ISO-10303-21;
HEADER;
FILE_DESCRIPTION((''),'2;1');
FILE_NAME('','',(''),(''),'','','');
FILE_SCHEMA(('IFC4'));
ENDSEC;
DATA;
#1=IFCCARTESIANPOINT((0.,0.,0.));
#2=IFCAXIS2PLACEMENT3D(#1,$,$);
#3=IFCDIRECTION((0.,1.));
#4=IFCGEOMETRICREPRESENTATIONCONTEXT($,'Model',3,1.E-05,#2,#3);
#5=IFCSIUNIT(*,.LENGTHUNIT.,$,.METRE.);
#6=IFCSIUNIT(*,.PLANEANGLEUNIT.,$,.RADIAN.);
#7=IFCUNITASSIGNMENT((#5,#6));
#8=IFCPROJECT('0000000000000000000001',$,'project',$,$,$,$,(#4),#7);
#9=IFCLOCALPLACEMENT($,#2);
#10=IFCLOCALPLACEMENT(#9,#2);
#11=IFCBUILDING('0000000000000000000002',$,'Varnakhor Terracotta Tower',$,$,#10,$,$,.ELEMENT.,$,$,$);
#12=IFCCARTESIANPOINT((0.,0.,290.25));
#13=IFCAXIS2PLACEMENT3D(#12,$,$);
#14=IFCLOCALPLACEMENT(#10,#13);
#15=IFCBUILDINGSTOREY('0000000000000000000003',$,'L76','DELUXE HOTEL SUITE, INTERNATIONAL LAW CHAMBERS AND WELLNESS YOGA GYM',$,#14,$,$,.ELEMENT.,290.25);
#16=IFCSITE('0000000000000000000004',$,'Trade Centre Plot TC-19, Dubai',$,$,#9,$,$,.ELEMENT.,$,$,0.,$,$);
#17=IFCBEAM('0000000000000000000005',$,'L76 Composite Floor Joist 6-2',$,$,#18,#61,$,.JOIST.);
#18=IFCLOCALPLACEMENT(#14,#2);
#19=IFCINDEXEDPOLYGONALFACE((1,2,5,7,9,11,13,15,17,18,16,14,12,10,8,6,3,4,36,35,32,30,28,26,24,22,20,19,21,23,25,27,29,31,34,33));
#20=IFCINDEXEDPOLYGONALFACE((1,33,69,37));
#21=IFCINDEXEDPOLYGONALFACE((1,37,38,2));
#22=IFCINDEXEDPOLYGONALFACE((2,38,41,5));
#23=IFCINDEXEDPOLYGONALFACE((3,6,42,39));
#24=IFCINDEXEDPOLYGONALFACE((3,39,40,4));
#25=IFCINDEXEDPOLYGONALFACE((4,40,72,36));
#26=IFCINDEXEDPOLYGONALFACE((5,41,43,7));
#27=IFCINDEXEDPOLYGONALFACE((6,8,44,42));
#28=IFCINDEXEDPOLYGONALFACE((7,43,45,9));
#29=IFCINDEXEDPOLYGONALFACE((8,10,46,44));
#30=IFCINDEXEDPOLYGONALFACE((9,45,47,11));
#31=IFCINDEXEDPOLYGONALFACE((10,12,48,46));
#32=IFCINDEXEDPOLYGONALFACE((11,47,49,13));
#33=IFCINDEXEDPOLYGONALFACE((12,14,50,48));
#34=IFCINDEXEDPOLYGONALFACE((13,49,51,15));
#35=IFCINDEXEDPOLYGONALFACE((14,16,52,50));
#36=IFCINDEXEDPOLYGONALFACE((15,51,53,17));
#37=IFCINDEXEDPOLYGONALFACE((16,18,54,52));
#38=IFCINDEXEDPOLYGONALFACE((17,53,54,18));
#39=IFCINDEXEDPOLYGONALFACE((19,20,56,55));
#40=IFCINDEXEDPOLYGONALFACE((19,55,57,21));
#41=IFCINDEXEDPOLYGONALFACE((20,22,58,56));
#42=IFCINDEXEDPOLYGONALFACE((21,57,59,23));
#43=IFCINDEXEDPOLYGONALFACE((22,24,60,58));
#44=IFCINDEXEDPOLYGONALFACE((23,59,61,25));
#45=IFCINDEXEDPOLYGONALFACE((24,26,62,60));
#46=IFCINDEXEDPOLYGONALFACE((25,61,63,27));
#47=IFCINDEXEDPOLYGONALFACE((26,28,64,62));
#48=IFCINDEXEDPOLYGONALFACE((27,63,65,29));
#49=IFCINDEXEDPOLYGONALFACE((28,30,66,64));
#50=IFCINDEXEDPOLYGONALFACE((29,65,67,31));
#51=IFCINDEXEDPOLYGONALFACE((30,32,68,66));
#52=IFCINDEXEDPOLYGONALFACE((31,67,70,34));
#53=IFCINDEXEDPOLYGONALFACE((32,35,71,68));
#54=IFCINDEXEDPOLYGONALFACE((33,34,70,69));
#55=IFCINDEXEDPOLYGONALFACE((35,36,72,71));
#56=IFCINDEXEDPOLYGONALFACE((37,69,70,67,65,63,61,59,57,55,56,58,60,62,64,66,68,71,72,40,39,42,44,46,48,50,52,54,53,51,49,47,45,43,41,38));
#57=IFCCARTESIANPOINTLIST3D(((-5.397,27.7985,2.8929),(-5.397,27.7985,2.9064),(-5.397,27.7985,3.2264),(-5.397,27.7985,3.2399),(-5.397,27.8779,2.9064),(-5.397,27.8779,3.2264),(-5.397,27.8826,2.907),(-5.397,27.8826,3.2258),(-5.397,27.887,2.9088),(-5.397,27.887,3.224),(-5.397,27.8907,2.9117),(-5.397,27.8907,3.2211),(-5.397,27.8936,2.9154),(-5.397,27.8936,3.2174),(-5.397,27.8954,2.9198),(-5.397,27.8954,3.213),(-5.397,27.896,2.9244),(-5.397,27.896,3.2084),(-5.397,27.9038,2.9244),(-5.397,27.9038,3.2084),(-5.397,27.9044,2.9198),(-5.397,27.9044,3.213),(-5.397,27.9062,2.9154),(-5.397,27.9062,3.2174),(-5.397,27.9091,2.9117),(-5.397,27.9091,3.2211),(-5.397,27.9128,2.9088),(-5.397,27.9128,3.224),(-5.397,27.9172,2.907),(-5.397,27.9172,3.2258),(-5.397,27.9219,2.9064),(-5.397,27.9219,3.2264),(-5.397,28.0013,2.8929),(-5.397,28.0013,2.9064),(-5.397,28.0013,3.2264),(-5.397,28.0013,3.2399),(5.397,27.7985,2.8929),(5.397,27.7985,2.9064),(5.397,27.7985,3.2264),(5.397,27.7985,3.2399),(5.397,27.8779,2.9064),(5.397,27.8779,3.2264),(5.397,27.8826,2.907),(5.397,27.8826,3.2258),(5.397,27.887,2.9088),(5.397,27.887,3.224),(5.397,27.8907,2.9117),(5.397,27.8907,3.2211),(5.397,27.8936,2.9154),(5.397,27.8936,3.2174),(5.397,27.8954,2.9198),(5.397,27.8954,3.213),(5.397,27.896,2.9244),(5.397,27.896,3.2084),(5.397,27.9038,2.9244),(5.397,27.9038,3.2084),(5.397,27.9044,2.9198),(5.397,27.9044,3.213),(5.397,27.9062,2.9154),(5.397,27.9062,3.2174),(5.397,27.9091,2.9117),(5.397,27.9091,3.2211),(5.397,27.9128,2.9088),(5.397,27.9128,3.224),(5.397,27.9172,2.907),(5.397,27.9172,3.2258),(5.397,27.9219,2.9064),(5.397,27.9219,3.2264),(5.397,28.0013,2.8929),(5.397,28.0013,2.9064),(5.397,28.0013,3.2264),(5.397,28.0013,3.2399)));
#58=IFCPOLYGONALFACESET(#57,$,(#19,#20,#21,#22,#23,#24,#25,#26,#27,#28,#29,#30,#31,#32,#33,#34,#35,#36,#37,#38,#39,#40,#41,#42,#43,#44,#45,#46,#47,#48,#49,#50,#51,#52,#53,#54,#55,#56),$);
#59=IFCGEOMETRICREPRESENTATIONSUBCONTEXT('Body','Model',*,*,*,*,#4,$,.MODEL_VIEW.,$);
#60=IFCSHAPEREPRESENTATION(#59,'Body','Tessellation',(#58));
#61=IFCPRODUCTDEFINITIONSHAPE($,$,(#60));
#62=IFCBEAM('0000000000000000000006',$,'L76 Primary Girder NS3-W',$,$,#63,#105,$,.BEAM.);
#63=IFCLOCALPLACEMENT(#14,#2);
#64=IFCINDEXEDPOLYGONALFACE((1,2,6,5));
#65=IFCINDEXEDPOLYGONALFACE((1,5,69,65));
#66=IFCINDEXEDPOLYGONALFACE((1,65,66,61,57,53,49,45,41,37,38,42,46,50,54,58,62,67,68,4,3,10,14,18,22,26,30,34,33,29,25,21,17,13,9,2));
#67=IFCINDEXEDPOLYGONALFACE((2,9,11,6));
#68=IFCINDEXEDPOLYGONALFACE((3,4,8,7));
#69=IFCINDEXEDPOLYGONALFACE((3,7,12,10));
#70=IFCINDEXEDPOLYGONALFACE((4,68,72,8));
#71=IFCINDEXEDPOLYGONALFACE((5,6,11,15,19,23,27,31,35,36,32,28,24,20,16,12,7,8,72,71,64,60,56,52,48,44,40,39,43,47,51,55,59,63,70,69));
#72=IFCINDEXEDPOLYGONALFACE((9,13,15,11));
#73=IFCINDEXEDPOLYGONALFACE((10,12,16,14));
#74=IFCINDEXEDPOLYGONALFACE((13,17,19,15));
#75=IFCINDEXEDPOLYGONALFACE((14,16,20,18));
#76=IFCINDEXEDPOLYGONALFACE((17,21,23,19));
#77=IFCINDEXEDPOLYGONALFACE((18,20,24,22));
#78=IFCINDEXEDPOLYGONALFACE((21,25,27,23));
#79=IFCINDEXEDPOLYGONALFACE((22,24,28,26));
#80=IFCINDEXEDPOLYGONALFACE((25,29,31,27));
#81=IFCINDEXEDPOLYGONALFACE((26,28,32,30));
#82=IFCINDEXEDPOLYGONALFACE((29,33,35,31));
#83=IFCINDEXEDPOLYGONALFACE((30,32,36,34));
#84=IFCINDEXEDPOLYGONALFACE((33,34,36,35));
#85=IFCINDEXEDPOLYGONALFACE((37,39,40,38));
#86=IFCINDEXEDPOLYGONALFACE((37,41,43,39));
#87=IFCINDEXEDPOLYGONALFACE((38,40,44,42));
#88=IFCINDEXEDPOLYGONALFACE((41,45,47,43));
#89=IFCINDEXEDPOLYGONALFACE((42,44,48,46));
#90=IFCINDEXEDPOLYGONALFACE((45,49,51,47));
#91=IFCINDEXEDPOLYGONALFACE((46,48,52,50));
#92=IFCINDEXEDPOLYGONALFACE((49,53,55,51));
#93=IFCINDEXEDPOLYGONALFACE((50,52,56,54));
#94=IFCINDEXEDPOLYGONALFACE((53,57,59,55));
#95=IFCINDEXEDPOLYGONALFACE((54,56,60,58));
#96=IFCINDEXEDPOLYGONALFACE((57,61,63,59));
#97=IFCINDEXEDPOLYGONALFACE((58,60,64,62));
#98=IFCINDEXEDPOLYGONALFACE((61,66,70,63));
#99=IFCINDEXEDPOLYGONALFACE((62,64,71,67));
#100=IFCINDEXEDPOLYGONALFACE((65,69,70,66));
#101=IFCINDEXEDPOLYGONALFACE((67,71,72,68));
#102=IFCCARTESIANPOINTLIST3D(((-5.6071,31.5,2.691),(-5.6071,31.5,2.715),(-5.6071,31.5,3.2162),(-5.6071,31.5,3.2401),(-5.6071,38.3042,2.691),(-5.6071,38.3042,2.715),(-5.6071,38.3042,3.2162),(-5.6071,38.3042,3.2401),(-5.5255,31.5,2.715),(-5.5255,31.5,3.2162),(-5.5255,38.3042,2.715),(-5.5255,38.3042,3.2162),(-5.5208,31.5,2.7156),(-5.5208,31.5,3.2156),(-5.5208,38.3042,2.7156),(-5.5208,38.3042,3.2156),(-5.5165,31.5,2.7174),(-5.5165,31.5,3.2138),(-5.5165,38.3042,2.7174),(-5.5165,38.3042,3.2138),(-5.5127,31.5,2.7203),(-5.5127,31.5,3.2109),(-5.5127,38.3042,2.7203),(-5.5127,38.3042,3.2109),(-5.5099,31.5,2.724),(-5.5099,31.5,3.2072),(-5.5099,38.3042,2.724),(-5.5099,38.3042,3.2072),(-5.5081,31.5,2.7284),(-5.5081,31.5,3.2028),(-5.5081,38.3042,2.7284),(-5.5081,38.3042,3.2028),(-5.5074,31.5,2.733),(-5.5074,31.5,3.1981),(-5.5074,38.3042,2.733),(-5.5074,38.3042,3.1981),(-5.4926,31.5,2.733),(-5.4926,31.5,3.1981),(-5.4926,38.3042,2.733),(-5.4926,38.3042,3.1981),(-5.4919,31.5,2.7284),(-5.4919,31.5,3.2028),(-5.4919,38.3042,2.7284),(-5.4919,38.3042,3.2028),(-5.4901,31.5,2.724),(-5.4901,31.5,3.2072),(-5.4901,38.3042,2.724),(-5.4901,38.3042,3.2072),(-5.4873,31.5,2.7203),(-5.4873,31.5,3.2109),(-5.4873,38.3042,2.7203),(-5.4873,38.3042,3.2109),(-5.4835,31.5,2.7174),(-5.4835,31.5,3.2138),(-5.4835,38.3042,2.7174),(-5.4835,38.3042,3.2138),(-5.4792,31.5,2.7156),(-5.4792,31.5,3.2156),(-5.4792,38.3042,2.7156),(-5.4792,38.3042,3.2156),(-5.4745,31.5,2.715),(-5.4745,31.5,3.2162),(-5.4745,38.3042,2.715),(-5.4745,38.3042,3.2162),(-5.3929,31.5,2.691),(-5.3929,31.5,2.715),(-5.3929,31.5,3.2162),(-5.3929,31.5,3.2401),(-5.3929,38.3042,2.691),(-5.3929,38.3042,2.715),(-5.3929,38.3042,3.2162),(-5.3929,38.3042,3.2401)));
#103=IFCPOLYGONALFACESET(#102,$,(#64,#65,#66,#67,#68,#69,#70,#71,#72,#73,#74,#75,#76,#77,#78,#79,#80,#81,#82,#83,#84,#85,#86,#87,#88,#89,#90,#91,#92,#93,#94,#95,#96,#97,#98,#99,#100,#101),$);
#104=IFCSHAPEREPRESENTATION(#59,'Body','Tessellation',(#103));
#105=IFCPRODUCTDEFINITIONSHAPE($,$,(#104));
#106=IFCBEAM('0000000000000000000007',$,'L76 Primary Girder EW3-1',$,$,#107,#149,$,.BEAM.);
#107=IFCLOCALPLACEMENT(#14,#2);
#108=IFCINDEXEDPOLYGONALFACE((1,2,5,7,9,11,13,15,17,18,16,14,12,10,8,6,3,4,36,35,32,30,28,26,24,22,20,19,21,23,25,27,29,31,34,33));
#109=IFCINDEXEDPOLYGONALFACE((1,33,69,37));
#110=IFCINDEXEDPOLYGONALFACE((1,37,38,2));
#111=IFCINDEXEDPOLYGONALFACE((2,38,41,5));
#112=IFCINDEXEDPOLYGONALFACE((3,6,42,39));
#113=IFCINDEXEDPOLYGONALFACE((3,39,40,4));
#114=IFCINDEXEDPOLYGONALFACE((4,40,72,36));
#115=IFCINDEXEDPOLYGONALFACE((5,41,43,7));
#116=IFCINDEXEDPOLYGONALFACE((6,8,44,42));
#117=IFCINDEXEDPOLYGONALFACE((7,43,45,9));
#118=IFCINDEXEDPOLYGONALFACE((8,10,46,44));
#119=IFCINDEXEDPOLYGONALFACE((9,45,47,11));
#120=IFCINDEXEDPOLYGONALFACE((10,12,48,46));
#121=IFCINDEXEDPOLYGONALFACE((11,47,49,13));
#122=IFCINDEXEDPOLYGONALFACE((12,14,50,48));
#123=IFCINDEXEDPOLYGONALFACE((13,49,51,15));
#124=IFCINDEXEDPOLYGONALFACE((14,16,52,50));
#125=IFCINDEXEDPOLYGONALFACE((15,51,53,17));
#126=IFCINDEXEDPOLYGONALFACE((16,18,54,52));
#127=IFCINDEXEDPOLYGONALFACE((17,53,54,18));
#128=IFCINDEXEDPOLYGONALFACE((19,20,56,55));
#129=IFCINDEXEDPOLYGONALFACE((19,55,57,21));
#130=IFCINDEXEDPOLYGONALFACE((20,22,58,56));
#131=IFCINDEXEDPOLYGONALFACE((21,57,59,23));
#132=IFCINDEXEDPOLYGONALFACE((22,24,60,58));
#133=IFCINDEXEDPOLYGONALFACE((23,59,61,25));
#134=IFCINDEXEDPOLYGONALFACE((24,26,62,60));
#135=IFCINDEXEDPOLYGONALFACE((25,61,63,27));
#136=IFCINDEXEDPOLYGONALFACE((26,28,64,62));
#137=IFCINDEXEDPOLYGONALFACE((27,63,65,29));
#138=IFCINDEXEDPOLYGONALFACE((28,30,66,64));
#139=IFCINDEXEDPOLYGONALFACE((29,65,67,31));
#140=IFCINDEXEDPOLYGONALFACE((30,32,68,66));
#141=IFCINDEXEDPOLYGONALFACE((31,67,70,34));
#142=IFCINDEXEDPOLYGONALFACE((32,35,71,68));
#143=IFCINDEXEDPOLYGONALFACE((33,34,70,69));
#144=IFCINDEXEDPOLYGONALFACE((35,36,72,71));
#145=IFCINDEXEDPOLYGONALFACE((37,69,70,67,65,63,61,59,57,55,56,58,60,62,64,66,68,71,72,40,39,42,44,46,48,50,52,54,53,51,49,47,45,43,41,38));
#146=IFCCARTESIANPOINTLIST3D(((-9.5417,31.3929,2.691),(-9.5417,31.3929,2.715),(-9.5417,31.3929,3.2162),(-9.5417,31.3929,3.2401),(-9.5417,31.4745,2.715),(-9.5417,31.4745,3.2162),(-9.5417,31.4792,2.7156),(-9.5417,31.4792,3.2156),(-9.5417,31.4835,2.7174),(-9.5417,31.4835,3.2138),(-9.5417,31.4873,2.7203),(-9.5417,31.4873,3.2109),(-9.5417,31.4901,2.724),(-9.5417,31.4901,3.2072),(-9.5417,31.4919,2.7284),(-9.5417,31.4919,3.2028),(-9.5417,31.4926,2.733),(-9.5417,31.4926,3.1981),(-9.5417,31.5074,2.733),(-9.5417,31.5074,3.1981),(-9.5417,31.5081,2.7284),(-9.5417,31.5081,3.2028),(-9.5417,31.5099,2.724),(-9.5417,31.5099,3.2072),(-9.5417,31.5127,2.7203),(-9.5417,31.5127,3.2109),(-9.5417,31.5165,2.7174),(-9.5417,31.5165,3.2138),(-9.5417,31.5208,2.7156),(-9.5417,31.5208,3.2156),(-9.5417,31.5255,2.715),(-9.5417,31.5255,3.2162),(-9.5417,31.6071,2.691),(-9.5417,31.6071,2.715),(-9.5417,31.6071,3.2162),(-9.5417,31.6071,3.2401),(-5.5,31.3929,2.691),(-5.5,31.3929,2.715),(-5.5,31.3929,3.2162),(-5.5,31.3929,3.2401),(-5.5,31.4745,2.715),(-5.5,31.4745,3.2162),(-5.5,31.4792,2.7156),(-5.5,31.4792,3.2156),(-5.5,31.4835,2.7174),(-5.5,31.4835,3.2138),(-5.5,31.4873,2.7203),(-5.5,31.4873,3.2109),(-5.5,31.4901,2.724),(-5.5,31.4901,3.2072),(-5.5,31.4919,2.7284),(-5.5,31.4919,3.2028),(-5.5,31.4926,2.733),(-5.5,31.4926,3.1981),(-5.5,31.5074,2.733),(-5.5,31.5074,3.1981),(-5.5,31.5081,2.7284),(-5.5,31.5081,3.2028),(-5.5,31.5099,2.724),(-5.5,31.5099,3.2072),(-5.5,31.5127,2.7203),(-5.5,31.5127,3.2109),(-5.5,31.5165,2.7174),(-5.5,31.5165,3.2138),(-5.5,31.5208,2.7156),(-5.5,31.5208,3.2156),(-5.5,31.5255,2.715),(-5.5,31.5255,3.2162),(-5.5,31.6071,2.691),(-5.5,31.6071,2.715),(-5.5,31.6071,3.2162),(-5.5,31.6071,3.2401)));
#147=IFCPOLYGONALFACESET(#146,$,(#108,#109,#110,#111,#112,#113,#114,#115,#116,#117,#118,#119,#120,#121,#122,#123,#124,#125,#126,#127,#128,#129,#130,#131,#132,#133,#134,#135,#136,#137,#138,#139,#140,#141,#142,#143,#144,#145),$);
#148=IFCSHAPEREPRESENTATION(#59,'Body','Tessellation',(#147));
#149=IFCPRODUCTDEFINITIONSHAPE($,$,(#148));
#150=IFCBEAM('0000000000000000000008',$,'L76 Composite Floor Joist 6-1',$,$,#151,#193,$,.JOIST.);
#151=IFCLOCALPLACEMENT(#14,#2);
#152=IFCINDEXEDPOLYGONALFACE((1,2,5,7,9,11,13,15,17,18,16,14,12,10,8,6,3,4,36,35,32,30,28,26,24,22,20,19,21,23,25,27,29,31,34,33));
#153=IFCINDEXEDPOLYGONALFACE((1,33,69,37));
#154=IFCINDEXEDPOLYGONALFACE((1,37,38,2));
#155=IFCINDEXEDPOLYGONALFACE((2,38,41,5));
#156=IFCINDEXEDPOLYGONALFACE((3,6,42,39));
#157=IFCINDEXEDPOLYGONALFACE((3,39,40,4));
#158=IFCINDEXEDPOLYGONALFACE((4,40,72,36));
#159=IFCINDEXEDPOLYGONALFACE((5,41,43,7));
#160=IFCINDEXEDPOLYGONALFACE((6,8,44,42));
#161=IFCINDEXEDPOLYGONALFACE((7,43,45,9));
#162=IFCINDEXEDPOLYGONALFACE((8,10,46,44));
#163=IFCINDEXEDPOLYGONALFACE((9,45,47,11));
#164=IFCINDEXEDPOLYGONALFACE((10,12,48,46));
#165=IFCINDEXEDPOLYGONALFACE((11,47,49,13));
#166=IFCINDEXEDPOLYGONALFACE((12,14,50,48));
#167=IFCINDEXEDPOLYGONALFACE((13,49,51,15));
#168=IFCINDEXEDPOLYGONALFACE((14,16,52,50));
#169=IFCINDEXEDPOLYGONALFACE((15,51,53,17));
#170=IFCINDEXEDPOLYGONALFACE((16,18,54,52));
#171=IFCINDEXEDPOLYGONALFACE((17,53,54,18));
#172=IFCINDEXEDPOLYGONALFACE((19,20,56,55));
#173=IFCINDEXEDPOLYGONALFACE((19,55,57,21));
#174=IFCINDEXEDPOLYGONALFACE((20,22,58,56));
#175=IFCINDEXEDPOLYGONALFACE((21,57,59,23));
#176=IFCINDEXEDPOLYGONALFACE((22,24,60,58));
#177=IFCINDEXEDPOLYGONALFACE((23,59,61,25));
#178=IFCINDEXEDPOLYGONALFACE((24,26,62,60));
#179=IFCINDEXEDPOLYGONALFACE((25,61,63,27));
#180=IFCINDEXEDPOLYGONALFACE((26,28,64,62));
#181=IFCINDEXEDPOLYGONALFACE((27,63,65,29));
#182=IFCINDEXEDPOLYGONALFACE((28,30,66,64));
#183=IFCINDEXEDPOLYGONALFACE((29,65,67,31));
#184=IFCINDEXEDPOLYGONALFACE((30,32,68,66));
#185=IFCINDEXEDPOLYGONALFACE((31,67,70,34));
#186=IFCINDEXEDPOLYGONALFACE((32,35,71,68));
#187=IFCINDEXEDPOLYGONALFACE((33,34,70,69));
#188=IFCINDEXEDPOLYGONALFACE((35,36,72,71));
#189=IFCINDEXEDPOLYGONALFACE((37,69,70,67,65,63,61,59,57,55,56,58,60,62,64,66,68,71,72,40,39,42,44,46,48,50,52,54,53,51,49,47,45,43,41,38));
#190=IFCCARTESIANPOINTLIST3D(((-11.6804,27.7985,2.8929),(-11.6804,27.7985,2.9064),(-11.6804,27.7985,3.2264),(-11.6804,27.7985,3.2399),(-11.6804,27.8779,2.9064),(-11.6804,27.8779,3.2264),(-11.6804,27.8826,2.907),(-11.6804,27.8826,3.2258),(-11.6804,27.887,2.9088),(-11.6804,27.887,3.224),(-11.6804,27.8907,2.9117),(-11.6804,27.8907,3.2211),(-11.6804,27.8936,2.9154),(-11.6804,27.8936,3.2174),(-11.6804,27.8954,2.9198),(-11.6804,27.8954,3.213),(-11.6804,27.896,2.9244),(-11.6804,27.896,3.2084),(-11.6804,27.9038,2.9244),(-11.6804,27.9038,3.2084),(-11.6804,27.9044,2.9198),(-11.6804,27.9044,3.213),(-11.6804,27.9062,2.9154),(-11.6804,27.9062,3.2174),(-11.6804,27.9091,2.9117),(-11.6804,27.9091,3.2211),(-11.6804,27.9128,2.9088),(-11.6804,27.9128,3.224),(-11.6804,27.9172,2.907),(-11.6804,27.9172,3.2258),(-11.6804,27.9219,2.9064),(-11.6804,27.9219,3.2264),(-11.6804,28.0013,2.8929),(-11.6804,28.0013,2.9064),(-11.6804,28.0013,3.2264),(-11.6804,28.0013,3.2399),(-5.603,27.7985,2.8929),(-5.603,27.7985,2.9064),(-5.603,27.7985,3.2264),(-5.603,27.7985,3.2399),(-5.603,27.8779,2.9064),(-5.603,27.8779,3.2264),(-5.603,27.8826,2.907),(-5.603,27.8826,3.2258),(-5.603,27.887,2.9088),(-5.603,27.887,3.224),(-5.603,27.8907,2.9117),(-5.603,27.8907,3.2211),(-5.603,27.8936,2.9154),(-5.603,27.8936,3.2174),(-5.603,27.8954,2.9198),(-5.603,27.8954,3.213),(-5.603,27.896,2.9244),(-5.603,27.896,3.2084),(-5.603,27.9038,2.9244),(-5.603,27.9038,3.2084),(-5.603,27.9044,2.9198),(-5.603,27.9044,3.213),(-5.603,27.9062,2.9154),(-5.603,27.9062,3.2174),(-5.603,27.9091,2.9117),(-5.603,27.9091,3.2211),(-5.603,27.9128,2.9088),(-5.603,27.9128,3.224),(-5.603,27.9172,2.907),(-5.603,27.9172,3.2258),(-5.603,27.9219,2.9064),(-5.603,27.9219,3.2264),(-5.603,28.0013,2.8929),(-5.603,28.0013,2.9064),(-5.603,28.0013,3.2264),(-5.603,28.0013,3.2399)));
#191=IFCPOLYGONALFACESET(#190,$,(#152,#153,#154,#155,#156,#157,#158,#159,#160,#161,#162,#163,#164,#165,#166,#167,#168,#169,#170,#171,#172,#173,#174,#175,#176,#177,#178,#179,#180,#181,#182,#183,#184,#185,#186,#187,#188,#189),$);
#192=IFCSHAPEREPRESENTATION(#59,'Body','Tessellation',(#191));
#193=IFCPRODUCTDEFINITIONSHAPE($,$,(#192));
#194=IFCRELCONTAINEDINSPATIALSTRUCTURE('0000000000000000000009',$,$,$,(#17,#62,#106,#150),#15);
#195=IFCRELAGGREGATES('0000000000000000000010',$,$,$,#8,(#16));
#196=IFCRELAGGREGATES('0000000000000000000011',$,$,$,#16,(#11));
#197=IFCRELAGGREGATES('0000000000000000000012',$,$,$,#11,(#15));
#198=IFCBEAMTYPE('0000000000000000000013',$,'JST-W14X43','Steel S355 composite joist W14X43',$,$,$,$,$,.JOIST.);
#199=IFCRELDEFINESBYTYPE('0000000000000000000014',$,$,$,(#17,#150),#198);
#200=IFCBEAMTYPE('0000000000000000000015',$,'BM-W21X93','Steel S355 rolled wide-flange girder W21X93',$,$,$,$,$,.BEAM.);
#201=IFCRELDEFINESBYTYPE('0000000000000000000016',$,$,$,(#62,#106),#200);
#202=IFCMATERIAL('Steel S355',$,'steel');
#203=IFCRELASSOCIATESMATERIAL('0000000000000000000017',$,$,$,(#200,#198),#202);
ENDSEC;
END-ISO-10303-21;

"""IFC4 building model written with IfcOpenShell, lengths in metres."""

from ifc_helpers import new_model, si_unit, direction, frame, origin, origin_2d, place, context, subcontext, project, spatial, i_section, extrude, source, transform, mapped, material, material_profile, profile_set, type_object, element, save


model = new_model("IFC4")

# Units and contexts
model_context = context("Model", 3, precision=1e-05, world=origin(), true_north=direction((0.0, 1.0)))
body_context = subcontext(model_context, "Body", "Model", "MODEL_VIEW")
ifc_project = project(units=[si_unit("LENGTHUNIT", "METRE"), si_unit("PLANEANGLEUNIT", "RADIAN")], contexts=[model_context])

# Site, building, storey
site_placement = place(None, origin())
site = spatial("IfcSite", under=ifc_project, at=site_placement, Name="Trade Centre Plot TC-19, Dubai", CompositionType="ELEMENT", RefElevation=0.0)
building_placement = place(site_placement, origin())
building = spatial("IfcBuilding", under=site, at=building_placement, Name="Varnakhor Terracotta Tower", CompositionType="ELEMENT")
storey_placement = place(building_placement, frame((0.0, 0.0, 290.25)))
storey = spatial("IfcBuildingStorey", under=building, at=storey_placement, Name="L76", Description="DELUXE HOTEL SUITE, INTERNATIONAL LAW CHAMBERS AND WELLNESS YOGA GYM", CompositionType="ELEMENT", Elevation=290.25)

# Beams
ifc_material_1 = material(Name="Steel S355", Category="steel")
ifc_material_profile_1 = material_profile(ifc_material_1, i_section(OverallWidth=0.2141, OverallDepth=0.5491, WebThickness=0.0149, FlangeThickness=0.0239, FilletRadius=0.0181, at=origin_2d()), Name="W21X93")
ifc_profile_set_1 = profile_set([ifc_material_profile_1], Name="Steel S355")
beam_type_1 = type_object("IfcBeamType", Name="BM-W21X93", Description="Steel S355 rolled wide-flange girder W21X93", PredefinedType="BEAM", material=ifc_profile_set_1)
ifc_material_profile_2 = material_profile(ifc_material_1, i_section(OverallWidth=0.2029, OverallDepth=0.3469, WebThickness=0.0078, FlangeThickness=0.0134, FilletRadius=0.0181, at=origin_2d()), Name="W14X43")
ifc_profile_set_2 = profile_set([ifc_material_profile_2], Name="Steel S355")
beam_type_2 = type_object("IfcBeamType", Name="JST-W14X43", Description="Steel S355 composite joist W14X43", PredefinedType="JOIST", material=ifc_profile_set_2)
shared_shape_1 = source(origin(), body_context, "Body", "SweptSolid", [
    extrude(i_section(OverallWidth=0.2029, OverallDepth=0.3469, WebThickness=0.0078, FlangeThickness=0.0134, FilletRadius=0.0181, at=origin_2d()), origin(), (0.0, 0.0, 1.0), 10.7939),
])
beam_1_placement = place(storey_placement, frame((-5.397, 27.8999, 3.0664), z_axis=(1.0, 0.0, 0.0), x_axis=(0.0, 1.0, 0.0)))
element("IfcBeam", 1, at=beam_1_placement, inside=storey, type_object=beam_type_2, Name="L76 Composite Floor Joist 6-2", PredefinedType="JOIST", context=body_context, shape_type="MappedRepresentation", body=[
    mapped(shared_shape_1, transform((0.0, 0.0, 0.0), scale=1.0)),
])
shared_shape_2 = source(origin(), body_context, "Body", "SweptSolid", [
    extrude(i_section(OverallWidth=0.2141, OverallDepth=0.5491, WebThickness=0.0149, FlangeThickness=0.0239, FilletRadius=0.0181, at=origin_2d()), origin(), (0.0, 0.0, 1.0), 6.8042),
])
beam_2_placement = place(storey_placement, frame((-5.5, 31.5, 2.9656), z_axis=(0.0, 1.0, 0.0), x_axis=(-1.0, 0.0, 0.0)))
element("IfcBeam", 2, at=beam_2_placement, inside=storey, type_object=beam_type_1, Name="L76 Primary Girder NS3-W", PredefinedType="BEAM", context=body_context, shape_type="MappedRepresentation", body=[
    mapped(shared_shape_2, transform((0.0, 0.0, 0.0), scale=1.0)),
])
shared_shape_3 = source(origin(), body_context, "Body", "SweptSolid", [
    extrude(i_section(OverallWidth=0.2141, OverallDepth=0.5491, WebThickness=0.0149, FlangeThickness=0.0239, FilletRadius=0.0181, at=origin_2d()), origin(), (0.0, 0.0, 1.0), 4.0417),
])
beam_3_placement = place(storey_placement, frame((-9.5417, 31.5, 2.9656), z_axis=(1.0, 0.0, 0.0), x_axis=(0.0, 1.0, 0.0)))
element("IfcBeam", 3, at=beam_3_placement, inside=storey, type_object=beam_type_1, Name="L76 Primary Girder EW3-1", PredefinedType="BEAM", context=body_context, shape_type="MappedRepresentation", body=[
    mapped(shared_shape_3, transform((0.0, 0.0, 0.0), scale=1.0)),
])
shared_shape_4 = source(origin(), body_context, "Body", "SweptSolid", [
    extrude(i_section(OverallWidth=0.2029, OverallDepth=0.3469, WebThickness=0.0078, FlangeThickness=0.0134, FilletRadius=0.0181, at=origin_2d()), origin(), (0.0, 0.0, 1.0), 6.0774),
])
beam_4_placement = place(storey_placement, frame((-11.6804, 27.8999, 3.0664), z_axis=(1.0, 0.0, 0.0), x_axis=(0.0, 1.0, 0.0)))
element("IfcBeam", 4, at=beam_4_placement, inside=storey, type_object=beam_type_2, Name="L76 Composite Floor Joist 6-1", PredefinedType="JOIST", context=body_context, shape_type="MappedRepresentation", body=[
    mapped(shared_shape_4, transform((0.0, 0.0, 0.0), scale=1.0)),
])

save(model, "model.ifc")
